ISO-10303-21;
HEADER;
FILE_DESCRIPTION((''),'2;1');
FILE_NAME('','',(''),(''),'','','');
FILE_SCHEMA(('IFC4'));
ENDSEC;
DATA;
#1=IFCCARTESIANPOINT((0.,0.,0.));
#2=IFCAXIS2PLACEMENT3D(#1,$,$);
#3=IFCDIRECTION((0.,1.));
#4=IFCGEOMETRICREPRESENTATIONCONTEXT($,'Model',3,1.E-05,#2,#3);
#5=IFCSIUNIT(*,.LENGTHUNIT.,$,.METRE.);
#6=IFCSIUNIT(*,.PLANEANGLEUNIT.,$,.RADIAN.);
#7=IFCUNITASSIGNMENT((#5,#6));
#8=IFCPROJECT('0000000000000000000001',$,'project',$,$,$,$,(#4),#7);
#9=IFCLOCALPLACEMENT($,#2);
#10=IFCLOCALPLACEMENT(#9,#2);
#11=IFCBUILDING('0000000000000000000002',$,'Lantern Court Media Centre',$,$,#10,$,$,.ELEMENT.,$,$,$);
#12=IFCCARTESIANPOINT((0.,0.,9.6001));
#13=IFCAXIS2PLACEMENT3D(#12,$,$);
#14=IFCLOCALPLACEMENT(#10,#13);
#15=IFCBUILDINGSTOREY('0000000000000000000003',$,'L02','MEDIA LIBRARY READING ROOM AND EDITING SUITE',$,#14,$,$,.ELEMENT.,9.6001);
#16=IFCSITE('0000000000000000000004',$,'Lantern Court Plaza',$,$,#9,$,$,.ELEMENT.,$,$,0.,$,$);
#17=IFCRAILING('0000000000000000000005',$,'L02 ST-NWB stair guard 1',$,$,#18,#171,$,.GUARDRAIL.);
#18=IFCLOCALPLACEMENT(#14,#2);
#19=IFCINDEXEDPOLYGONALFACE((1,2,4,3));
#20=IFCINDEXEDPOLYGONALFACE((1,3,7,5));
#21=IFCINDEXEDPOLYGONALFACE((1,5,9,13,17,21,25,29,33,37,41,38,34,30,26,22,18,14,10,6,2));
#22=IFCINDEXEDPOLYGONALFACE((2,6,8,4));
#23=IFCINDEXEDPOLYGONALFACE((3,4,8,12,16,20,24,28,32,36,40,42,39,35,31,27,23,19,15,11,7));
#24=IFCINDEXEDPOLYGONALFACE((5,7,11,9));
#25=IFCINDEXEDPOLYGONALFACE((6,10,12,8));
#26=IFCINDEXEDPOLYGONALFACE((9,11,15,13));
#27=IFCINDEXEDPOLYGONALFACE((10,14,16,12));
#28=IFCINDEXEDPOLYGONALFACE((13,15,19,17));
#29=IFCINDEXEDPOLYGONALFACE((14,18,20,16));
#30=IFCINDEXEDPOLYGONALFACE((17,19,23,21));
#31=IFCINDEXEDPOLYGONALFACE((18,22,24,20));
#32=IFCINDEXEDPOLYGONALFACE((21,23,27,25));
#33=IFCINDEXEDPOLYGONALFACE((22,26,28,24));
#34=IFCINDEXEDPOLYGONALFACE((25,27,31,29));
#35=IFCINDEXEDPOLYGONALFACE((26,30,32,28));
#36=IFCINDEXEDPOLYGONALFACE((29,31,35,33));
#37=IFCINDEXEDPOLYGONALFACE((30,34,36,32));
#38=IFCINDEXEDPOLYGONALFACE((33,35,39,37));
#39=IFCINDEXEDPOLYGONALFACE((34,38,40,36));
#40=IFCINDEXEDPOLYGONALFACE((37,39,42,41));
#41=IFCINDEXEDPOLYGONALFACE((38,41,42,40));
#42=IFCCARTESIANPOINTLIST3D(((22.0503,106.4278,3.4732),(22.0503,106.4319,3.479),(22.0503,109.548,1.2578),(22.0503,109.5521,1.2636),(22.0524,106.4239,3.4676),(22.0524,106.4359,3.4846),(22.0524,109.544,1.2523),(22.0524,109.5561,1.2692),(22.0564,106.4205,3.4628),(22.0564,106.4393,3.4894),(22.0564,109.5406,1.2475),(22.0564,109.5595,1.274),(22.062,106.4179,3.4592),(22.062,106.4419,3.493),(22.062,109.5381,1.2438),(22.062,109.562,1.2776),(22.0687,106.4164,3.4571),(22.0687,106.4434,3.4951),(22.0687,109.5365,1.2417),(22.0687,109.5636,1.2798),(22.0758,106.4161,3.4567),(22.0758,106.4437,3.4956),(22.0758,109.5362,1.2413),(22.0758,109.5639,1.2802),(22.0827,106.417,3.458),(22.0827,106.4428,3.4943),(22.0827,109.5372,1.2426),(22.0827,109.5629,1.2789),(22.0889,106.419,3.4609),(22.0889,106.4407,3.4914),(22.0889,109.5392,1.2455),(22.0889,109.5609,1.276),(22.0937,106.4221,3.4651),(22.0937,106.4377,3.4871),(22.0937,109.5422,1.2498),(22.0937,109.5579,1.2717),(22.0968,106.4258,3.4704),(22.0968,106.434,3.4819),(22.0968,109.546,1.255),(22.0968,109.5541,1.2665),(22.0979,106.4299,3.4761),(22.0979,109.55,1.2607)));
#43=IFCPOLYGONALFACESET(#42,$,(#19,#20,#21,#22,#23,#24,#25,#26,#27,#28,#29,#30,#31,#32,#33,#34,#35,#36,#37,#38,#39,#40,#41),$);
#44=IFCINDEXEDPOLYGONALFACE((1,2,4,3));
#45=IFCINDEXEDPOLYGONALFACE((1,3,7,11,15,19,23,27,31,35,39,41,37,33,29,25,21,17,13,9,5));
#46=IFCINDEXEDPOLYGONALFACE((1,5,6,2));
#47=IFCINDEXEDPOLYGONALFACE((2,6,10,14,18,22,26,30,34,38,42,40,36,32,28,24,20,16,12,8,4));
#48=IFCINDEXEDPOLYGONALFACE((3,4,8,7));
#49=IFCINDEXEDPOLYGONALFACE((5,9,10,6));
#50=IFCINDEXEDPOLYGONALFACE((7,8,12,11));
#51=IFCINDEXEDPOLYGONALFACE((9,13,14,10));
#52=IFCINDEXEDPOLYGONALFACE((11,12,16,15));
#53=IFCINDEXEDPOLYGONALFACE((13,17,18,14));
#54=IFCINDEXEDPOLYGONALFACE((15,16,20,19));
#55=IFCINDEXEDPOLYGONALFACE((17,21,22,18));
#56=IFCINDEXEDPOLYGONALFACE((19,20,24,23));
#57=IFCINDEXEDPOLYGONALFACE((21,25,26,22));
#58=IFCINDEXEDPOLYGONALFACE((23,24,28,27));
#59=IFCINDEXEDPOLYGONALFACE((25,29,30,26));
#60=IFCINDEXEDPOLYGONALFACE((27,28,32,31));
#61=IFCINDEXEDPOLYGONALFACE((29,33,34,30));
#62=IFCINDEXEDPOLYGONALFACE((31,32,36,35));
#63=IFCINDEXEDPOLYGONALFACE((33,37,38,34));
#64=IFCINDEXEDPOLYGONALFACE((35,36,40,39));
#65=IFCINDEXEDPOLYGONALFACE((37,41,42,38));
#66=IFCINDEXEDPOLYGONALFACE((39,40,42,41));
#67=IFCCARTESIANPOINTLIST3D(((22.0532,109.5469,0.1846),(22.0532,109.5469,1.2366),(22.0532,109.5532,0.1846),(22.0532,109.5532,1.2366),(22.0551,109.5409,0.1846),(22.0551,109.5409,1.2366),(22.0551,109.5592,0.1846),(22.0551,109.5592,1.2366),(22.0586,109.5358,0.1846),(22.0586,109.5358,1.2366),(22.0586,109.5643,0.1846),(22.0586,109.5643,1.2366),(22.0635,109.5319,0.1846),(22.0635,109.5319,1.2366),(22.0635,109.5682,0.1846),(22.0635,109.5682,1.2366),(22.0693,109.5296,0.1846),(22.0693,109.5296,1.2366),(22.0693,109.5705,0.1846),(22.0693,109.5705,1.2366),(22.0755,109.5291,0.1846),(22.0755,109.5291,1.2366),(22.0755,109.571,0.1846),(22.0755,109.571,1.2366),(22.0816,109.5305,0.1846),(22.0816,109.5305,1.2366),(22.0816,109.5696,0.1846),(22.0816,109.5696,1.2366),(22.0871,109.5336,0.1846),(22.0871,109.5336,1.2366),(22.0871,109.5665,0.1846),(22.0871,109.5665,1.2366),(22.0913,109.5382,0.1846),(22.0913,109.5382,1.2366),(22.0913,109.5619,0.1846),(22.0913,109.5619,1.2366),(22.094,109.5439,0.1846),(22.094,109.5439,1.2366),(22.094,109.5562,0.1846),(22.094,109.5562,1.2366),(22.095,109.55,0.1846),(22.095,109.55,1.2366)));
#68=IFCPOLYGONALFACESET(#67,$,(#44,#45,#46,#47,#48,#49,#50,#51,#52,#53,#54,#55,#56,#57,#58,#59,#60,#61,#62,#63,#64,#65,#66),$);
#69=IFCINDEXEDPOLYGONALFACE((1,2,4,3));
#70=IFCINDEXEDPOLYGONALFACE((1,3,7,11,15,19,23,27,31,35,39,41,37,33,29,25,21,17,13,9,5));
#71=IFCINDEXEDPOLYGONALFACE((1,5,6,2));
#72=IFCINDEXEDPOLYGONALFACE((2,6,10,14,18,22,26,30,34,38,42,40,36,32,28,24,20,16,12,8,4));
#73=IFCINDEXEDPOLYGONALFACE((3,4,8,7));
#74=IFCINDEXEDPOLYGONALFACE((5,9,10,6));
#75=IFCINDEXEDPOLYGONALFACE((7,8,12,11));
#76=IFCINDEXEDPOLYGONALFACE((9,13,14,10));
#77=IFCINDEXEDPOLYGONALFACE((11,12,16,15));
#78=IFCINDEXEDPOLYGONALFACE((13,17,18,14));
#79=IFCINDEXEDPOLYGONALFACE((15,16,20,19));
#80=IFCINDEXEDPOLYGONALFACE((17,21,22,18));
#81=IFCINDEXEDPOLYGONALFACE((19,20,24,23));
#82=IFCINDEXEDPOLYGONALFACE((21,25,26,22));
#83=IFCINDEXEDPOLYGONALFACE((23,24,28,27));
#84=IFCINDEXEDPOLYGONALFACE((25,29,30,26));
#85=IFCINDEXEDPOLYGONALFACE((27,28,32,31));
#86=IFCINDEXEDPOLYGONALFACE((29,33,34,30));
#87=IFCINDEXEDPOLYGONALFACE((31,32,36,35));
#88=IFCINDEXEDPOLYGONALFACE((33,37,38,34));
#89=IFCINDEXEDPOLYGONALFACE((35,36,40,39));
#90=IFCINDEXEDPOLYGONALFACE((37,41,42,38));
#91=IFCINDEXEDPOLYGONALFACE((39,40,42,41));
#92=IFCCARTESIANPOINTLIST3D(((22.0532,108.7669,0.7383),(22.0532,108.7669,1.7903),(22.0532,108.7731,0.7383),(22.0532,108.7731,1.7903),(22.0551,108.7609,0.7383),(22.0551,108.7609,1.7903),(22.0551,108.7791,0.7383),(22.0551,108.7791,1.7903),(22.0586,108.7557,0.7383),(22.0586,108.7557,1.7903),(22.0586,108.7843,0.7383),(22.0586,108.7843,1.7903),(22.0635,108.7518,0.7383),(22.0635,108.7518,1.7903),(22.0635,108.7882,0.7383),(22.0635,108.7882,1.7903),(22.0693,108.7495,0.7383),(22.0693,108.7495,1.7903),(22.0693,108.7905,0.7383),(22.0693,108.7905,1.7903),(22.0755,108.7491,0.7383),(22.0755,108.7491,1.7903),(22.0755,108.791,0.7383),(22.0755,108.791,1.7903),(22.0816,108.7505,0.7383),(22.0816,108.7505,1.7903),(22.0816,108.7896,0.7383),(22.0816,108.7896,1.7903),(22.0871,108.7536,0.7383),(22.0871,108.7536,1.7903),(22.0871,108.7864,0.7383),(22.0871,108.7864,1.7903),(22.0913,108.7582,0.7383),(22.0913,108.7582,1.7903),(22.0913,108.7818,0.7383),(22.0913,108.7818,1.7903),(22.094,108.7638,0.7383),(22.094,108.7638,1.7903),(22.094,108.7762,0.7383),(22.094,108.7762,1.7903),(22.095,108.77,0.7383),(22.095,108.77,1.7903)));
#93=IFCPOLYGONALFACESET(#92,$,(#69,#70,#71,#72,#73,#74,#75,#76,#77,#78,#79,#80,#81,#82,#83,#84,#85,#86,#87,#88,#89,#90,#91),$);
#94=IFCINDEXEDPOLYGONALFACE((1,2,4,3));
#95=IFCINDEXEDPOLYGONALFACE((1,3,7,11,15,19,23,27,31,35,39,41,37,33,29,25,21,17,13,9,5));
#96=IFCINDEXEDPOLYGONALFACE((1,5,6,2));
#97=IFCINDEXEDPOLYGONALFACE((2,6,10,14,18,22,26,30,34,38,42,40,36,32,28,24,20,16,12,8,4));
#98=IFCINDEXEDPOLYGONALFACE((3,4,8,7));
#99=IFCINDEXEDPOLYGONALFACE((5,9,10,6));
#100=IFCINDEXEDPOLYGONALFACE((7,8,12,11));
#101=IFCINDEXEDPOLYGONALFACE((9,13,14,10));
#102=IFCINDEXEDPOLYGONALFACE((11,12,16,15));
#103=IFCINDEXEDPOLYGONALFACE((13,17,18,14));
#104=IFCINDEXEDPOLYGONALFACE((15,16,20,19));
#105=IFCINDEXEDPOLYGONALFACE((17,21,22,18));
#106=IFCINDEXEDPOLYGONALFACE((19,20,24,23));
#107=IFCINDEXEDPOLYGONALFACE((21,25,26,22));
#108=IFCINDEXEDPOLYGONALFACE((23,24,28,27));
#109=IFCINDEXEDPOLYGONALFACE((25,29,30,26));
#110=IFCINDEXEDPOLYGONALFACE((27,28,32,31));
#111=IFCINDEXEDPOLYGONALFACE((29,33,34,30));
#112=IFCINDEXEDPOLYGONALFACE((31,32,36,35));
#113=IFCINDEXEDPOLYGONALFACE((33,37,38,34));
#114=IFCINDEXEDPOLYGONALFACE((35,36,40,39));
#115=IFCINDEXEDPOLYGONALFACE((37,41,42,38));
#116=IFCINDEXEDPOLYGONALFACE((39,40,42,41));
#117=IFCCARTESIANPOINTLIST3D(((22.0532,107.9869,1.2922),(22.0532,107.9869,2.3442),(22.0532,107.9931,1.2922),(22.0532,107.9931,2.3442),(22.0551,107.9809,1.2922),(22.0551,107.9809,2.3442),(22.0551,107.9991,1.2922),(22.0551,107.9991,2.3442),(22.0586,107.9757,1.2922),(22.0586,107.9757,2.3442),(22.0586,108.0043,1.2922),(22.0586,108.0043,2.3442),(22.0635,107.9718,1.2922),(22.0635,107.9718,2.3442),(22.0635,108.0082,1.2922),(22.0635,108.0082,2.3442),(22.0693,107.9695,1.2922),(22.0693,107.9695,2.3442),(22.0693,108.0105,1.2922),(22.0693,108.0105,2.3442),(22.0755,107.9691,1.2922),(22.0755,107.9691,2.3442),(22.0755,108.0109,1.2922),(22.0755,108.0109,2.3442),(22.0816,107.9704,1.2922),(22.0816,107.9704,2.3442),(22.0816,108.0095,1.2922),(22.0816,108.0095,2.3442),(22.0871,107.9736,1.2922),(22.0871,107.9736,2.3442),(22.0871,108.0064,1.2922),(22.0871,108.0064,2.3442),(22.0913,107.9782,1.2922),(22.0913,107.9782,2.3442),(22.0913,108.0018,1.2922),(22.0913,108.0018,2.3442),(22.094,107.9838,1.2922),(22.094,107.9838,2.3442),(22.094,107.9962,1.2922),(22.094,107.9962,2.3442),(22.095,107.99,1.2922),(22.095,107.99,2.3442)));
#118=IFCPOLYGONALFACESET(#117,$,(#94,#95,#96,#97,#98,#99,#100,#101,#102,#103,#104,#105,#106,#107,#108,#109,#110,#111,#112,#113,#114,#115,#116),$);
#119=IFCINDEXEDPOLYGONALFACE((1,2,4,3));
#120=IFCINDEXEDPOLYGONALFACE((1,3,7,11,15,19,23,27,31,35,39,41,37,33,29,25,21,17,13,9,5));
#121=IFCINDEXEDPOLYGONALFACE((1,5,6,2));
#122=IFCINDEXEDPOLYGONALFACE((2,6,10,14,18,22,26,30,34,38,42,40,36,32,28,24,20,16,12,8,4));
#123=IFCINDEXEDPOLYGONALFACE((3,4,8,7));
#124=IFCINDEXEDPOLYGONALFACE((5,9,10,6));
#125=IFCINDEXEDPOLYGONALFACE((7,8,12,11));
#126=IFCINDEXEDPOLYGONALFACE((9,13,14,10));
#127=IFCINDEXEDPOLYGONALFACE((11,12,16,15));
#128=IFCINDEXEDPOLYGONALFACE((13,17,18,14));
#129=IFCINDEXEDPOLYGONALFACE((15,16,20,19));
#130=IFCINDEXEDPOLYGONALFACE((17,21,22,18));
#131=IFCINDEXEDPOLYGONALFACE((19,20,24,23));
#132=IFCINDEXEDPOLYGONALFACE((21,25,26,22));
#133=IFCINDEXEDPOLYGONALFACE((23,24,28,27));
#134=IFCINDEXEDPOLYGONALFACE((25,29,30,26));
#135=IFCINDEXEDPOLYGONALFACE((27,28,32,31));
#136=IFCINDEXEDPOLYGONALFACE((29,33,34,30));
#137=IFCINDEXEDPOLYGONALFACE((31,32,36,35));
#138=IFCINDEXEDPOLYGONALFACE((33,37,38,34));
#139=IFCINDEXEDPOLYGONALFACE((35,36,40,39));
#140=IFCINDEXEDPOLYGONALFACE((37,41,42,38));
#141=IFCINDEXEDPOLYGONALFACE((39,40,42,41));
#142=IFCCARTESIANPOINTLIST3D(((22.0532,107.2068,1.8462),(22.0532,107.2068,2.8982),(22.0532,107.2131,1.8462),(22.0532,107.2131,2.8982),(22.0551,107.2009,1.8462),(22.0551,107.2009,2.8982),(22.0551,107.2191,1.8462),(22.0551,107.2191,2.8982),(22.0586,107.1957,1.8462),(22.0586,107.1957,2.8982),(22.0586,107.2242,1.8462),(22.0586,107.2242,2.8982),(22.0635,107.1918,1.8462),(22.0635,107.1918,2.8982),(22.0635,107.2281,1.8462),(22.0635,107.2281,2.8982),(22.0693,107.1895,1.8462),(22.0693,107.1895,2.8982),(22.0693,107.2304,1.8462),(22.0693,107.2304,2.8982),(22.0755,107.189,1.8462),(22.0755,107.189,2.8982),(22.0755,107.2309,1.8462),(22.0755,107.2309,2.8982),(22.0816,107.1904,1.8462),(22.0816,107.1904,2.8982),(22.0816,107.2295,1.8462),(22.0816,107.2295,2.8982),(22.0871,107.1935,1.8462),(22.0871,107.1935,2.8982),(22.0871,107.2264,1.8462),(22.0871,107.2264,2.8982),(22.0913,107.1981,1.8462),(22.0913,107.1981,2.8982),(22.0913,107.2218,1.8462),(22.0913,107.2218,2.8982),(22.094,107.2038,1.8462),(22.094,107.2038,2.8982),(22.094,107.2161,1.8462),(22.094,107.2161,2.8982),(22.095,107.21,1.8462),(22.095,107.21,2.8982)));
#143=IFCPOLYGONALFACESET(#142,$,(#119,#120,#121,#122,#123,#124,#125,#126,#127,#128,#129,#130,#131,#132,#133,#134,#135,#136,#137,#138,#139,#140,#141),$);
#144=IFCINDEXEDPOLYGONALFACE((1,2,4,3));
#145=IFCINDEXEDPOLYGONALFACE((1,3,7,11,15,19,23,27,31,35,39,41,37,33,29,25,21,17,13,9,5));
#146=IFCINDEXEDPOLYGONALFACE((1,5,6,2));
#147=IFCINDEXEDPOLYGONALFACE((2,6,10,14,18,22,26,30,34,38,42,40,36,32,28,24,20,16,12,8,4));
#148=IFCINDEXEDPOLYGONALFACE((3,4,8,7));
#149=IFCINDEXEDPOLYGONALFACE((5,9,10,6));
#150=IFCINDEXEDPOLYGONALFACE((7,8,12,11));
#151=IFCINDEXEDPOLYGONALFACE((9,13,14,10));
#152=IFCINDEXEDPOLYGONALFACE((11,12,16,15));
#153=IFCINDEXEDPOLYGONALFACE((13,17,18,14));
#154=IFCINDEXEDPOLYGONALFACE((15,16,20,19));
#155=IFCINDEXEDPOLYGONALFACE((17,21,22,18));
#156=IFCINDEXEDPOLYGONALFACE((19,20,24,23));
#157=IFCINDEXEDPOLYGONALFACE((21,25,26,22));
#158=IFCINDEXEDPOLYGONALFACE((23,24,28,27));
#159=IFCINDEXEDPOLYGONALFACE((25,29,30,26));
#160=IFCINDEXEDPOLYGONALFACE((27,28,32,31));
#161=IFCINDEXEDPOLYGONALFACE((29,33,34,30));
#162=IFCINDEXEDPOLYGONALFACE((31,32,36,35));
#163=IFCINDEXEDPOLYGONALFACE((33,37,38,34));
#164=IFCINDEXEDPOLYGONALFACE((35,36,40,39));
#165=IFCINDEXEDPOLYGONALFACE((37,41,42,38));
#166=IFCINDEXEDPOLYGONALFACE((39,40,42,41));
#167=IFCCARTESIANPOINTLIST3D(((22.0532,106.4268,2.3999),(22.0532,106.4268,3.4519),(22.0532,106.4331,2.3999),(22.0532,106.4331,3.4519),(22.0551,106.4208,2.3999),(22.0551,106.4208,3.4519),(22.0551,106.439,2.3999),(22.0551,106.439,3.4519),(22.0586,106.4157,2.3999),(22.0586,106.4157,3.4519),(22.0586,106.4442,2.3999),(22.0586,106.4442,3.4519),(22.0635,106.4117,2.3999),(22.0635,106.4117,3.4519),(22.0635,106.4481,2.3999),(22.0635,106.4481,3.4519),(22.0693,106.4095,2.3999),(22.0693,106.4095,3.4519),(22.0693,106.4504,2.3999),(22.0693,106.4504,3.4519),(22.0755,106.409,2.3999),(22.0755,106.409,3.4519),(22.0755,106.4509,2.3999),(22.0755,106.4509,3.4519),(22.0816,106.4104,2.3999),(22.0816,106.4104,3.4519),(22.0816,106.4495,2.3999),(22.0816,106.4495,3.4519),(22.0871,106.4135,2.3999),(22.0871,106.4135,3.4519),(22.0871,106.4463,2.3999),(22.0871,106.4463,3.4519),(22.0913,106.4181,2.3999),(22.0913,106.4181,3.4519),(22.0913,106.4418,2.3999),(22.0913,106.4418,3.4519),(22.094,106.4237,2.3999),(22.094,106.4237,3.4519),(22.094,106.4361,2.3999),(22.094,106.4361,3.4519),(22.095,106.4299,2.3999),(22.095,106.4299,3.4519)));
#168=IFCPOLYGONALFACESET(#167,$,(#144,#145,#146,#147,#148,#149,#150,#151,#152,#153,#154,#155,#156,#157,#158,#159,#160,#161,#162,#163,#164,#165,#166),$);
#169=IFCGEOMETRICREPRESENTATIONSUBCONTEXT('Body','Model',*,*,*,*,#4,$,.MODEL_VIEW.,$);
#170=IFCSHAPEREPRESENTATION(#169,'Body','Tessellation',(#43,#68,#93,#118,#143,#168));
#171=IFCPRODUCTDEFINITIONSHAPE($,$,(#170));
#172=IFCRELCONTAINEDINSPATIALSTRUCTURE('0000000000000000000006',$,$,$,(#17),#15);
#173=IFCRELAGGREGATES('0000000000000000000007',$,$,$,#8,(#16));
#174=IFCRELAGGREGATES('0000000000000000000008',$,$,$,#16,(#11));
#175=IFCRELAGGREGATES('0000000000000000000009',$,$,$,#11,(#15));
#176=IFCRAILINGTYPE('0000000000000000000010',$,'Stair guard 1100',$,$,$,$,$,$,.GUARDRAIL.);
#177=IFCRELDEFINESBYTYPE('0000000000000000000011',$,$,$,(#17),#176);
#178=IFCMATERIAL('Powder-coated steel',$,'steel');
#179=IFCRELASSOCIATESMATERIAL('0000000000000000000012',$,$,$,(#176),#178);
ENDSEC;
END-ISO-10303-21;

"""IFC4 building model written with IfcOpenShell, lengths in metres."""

from ifc_helpers import new_model, si_unit, direction, frame, origin, origin_2d, place, context, subcontext, project, spatial, circle, extrude, material, type_object, element, save


model = new_model("IFC4")

# Units and contexts
model_context = context("Model", 3, precision=1e-05, world=origin(), true_north=direction((0.0, 1.0)))
body_context = subcontext(model_context, "Body", "Model", "MODEL_VIEW")
ifc_project = project(units=[si_unit("LENGTHUNIT", "METRE"), si_unit("PLANEANGLEUNIT", "RADIAN")], contexts=[model_context])

# Site, building, storey
site_placement = place(None, origin())
site = spatial("IfcSite", under=ifc_project, at=site_placement, Name="Lantern Court Plaza", CompositionType="ELEMENT", RefElevation=0.0)
building_placement = place(site_placement, origin())
building = spatial("IfcBuilding", under=site, at=building_placement, Name="Lantern Court Media Centre", CompositionType="ELEMENT")
storey_placement = place(building_placement, frame((0.0, 0.0, 9.6001)))
storey = spatial("IfcBuildingStorey", under=building, at=storey_placement, Name="L02", Description="MEDIA LIBRARY READING ROOM AND EDITING SUITE", CompositionType="ELEMENT", Elevation=9.6001)

# Shared definitions
ifc_material_1 = material(Name="Powder-coated steel", Category="steel")

# Railing
railing_type_1 = type_object("IfcRailingType", Name="Stair guard 1100", PredefinedType="GUARDRAIL", material=ifc_material_1)
railing_1_placement = place(storey_placement, frame((22.074, 109.55, 0.1846)))
element("IfcRailing", 1, at=railing_1_placement, inside=storey, type_object=railing_type_1, Name="L02 ST-NWB stair guard 1", PredefinedType="GUARDRAIL", context=body_context, shape_type="SweptSolid", body=[
    extrude(circle(Radius=0.0239, at=origin_2d()), frame((0.0, 0.0, 1.0762), z_axis=(0.0, -0.815377, 0.57893), x_axis=(1.0, 0.0, 0.0)), (0.0, 0.0, 1.0), 3.8267),
    extrude(circle(Radius=0.021, at=origin_2d()), origin(), (0.0, 0.0, 1.0), 1.052),
    extrude(circle(Radius=0.021, at=origin_2d()), frame((0.0, -0.78, 0.5537)), (0.0, 0.0, 1.0), 1.052),
    extrude(circle(Radius=0.021, at=origin_2d()), frame((0.0, -1.5601, 1.1077)), (0.0, 0.0, 1.0), 1.052),
    extrude(circle(Radius=0.021, at=origin_2d()), frame((0.0, -2.3401, 1.6616)), (0.0, 0.0, 1.0), 1.052),
    extrude(circle(Radius=0.021, at=origin_2d()), frame((0.0, -3.1201, 2.2153)), (0.0, 0.0, 1.0), 1.052),
])

save(model, "model.ifc")
